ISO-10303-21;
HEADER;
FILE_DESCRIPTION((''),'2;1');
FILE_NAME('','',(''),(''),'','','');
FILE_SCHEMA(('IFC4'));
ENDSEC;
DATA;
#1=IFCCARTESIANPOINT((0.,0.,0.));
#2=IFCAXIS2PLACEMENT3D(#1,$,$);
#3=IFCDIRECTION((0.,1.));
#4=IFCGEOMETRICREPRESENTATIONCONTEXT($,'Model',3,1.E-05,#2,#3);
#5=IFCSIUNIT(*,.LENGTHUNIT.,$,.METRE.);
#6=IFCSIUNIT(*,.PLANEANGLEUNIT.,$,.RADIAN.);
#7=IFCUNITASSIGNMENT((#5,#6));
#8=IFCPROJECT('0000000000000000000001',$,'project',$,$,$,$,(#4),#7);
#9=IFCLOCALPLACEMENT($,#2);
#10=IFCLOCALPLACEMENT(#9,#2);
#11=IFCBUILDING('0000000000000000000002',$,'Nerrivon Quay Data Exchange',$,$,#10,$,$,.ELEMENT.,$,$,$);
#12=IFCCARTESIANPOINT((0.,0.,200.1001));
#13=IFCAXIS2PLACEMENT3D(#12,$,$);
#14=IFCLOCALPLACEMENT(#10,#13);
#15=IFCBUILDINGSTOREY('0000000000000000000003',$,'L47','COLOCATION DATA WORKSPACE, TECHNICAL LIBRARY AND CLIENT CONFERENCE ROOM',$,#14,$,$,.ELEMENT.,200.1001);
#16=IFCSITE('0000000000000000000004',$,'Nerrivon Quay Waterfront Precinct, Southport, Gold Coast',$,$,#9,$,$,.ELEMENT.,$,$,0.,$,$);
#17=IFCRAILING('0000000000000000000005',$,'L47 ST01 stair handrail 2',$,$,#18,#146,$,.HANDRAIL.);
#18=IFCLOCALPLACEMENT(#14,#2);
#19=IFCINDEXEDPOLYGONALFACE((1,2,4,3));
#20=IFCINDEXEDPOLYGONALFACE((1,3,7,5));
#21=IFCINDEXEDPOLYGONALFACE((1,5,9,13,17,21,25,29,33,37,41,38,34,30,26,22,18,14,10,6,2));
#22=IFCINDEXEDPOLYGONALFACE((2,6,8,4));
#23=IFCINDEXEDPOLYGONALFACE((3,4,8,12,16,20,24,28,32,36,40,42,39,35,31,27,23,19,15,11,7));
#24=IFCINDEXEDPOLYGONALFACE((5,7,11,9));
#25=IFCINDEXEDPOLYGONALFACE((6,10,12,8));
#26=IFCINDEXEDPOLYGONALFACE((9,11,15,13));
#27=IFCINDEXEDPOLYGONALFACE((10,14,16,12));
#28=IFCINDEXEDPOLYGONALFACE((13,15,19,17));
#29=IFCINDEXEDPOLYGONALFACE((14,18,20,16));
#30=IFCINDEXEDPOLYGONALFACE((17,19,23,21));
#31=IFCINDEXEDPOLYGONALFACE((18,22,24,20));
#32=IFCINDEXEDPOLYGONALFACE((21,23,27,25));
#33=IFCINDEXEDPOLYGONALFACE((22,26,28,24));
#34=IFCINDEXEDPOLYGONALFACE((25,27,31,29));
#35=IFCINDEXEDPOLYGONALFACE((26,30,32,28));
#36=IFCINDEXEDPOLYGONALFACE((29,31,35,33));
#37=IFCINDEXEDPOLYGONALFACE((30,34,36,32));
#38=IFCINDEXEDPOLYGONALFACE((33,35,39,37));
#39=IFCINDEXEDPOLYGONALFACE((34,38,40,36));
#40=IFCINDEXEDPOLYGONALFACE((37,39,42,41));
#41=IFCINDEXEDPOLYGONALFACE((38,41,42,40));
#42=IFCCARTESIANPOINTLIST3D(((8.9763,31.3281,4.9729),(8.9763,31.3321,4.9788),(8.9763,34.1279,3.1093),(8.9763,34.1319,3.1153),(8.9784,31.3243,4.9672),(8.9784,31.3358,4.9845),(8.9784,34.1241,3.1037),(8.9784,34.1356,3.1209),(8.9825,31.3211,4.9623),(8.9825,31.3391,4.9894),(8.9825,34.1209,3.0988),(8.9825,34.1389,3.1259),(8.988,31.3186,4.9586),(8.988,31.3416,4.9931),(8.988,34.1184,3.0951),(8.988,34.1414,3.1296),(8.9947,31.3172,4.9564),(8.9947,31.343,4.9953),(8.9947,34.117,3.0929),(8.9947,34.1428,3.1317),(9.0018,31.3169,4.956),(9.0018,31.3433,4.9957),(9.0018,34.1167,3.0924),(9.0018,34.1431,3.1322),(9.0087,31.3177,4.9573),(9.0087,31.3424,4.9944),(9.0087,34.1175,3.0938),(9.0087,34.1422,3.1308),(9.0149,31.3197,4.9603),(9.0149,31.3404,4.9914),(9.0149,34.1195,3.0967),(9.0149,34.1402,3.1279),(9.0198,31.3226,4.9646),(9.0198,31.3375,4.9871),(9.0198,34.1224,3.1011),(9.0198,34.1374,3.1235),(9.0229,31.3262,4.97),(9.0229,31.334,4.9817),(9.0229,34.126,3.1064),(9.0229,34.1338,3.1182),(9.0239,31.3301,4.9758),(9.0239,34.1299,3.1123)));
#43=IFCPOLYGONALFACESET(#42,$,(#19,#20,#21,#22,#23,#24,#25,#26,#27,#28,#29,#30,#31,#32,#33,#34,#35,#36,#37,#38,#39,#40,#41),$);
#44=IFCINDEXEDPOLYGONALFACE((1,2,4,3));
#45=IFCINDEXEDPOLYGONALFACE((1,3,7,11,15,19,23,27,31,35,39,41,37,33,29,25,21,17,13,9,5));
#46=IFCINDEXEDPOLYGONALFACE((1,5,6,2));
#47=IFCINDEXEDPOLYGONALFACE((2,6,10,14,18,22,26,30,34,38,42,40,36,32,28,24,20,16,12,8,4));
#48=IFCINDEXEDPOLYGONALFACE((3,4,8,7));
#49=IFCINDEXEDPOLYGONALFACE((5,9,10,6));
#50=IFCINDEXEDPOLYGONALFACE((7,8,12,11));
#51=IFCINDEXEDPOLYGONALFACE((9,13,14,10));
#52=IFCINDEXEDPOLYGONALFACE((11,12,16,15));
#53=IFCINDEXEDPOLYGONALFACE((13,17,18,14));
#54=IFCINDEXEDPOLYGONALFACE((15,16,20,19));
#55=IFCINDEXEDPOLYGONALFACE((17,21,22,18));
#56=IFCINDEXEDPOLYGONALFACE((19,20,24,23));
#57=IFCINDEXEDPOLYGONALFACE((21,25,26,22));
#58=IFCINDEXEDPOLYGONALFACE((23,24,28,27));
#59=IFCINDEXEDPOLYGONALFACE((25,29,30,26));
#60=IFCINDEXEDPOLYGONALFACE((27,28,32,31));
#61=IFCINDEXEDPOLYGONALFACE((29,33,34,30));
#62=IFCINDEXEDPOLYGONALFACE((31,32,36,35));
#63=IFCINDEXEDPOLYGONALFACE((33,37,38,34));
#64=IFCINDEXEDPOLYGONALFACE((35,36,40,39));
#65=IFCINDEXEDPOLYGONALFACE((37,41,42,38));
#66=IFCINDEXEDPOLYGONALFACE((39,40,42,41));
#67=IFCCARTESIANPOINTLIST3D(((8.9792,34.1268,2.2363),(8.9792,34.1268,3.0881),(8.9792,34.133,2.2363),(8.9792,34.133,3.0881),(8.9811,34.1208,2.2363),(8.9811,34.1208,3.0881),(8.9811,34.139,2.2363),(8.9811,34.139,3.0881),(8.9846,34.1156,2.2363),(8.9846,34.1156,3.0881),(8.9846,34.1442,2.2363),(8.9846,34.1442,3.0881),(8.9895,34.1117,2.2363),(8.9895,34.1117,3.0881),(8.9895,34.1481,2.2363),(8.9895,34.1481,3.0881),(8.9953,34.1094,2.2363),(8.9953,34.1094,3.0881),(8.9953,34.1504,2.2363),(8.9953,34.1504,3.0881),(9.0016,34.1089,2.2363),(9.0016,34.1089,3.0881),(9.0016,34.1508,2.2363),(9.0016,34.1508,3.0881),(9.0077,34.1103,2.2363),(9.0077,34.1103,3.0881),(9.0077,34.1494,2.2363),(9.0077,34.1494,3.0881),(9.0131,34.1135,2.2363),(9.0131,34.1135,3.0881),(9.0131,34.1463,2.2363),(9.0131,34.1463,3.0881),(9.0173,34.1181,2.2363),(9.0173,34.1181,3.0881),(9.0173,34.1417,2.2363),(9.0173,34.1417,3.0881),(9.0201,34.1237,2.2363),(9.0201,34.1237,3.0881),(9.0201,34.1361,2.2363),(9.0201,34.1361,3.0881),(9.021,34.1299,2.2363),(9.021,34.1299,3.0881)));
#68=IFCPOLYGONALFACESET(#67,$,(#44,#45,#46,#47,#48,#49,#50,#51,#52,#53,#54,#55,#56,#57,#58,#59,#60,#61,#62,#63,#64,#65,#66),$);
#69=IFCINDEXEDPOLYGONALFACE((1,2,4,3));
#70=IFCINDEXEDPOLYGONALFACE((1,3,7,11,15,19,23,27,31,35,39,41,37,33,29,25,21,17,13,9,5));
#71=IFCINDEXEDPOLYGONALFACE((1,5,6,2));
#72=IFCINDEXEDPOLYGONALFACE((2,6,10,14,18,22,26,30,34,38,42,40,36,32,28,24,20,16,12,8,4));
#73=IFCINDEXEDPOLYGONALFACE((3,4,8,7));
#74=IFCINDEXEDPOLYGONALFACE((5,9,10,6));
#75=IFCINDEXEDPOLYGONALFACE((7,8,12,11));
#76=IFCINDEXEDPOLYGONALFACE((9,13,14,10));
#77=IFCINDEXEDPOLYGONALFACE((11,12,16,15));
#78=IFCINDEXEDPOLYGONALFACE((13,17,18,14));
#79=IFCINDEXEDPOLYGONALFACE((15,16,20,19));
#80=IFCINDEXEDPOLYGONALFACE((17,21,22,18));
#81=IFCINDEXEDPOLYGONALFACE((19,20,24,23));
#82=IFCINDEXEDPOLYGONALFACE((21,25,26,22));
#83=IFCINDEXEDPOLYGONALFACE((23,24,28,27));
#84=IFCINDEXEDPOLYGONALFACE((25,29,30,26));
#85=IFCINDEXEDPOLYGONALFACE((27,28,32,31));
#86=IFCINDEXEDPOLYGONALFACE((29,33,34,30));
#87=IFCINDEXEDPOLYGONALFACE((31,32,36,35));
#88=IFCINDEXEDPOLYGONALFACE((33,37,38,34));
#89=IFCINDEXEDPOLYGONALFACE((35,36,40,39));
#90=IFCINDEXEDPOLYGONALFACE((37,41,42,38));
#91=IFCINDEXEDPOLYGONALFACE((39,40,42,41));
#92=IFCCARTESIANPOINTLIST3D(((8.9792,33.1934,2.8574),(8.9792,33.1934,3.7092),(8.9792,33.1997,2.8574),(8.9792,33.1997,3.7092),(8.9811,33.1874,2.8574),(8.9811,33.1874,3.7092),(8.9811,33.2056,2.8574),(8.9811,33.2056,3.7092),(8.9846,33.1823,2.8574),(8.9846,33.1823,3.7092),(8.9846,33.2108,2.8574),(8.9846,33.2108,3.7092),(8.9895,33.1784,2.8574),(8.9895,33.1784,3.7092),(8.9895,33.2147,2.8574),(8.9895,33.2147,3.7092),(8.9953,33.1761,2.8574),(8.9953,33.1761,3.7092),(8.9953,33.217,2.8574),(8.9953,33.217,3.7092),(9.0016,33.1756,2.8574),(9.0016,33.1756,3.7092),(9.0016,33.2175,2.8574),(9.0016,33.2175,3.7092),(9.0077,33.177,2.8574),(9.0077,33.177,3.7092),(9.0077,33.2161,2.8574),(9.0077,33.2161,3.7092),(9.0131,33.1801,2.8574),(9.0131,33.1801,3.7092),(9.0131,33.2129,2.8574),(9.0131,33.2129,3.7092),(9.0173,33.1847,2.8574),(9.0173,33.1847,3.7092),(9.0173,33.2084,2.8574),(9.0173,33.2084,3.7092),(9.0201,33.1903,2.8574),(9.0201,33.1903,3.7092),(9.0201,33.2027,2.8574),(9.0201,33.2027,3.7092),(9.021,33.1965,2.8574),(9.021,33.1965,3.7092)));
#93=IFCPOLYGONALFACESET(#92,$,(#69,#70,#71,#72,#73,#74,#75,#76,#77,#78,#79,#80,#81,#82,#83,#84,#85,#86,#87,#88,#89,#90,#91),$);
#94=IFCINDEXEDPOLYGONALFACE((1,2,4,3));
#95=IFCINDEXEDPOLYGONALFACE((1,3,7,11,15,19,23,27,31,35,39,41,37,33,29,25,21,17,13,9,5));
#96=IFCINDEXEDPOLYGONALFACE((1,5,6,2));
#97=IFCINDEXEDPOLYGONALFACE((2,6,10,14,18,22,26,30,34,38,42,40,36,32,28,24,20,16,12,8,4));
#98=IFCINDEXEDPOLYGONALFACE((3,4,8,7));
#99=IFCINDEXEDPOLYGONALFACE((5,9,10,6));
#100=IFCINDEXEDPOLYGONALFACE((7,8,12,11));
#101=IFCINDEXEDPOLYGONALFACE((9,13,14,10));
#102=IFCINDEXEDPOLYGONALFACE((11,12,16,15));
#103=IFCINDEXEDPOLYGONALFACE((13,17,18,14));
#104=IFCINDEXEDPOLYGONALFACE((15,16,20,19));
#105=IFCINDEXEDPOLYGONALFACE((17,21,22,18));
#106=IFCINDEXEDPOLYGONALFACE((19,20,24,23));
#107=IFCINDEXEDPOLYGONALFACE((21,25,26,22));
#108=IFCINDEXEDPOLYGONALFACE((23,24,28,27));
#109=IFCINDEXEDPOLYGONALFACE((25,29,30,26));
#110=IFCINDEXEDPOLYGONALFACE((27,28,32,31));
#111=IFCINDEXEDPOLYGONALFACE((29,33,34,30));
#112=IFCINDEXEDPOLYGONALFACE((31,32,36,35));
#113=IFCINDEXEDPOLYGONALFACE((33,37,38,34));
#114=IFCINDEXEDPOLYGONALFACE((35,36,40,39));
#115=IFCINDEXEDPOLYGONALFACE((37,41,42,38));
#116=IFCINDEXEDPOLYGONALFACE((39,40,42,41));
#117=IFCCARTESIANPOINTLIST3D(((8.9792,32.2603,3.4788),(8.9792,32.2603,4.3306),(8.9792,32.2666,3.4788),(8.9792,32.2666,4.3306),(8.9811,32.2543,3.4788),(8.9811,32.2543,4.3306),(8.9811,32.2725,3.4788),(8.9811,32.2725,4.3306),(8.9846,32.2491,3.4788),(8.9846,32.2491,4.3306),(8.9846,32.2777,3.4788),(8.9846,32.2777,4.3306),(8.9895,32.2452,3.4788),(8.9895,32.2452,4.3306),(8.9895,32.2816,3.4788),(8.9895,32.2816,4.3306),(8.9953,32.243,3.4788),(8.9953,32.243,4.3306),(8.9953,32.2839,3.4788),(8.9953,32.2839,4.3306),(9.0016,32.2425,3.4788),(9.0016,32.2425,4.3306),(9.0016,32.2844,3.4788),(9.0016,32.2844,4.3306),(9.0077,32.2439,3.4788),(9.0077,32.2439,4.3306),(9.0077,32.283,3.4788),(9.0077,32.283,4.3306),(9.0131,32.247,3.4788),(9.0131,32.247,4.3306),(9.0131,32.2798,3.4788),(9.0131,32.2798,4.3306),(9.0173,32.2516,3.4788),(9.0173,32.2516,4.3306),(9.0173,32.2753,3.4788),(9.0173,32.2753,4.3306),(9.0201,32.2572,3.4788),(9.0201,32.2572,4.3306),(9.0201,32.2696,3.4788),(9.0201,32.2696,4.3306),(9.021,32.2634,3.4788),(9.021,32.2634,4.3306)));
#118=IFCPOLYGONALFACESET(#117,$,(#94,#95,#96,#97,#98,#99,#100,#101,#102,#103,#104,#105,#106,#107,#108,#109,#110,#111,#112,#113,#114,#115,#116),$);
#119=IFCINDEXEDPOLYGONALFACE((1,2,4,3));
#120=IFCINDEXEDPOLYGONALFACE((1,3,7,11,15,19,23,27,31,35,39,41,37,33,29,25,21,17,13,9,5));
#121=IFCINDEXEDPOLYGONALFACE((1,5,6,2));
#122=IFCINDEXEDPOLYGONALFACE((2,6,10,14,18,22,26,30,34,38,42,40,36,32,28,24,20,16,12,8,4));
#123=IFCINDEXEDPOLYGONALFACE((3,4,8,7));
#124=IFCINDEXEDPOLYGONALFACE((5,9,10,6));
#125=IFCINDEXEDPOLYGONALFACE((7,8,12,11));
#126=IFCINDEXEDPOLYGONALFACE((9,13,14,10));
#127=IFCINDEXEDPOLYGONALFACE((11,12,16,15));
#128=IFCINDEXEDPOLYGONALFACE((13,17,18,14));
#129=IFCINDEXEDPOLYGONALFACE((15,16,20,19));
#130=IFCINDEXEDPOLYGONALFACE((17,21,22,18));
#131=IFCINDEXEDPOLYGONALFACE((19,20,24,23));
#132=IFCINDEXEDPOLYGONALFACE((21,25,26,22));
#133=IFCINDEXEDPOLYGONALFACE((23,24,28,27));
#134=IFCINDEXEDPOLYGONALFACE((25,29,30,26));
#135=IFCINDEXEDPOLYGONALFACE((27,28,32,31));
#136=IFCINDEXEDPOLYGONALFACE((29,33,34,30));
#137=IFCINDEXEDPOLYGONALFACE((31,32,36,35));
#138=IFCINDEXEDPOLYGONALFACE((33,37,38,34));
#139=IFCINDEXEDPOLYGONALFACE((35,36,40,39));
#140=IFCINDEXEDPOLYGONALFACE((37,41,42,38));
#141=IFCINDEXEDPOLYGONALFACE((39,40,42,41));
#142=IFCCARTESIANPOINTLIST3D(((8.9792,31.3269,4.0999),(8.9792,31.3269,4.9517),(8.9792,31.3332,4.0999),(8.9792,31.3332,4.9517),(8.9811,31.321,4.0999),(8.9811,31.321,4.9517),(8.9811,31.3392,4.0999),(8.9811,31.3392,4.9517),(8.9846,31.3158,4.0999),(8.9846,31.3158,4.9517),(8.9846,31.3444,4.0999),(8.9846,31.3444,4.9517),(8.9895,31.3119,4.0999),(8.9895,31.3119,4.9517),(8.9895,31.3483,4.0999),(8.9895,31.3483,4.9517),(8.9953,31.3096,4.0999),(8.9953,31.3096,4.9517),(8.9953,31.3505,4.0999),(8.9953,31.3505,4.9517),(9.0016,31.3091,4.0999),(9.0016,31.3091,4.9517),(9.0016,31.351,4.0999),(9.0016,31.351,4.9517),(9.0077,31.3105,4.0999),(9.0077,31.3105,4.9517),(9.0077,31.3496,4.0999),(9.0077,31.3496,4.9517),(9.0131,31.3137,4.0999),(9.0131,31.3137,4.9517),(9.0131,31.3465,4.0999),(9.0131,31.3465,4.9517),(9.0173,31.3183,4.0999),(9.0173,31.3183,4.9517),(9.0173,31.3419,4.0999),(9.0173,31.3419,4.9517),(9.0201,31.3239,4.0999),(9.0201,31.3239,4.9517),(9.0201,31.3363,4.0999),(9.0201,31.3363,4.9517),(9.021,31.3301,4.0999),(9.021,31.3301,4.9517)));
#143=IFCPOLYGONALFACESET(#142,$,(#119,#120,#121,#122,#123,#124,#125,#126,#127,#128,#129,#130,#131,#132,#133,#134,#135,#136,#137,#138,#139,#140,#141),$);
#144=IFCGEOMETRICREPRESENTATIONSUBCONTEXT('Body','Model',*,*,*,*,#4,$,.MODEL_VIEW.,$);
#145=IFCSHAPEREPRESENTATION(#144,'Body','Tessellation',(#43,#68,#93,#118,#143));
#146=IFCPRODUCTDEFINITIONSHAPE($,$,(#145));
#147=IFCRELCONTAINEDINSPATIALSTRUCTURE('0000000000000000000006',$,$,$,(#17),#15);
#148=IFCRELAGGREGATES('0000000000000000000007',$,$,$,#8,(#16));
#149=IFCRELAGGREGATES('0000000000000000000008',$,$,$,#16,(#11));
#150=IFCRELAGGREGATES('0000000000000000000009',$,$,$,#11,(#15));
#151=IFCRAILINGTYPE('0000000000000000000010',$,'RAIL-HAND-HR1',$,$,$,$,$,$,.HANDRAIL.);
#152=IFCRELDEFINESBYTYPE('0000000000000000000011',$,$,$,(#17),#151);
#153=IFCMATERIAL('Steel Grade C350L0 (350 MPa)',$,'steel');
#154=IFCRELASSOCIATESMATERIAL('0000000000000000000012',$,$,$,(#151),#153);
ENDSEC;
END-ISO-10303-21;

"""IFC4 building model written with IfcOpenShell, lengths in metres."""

from ifc_helpers import new_model, si_unit, direction, frame, origin, origin_2d, place, context, subcontext, project, spatial, circle, extrude, material, type_object, element, save


model = new_model("IFC4")

# Units and contexts
model_context = context("Model", 3, precision=1e-05, world=origin(), true_north=direction((0.0, 1.0)))
body_context = subcontext(model_context, "Body", "Model", "MODEL_VIEW")
ifc_project = project(units=[si_unit("LENGTHUNIT", "METRE"), si_unit("PLANEANGLEUNIT", "RADIAN")], contexts=[model_context])

# Site, building, storey
site_placement = place(None, origin())
site = spatial("IfcSite", under=ifc_project, at=site_placement, Name="Nerrivon Quay Waterfront Precinct, Southport, Gold Coast", CompositionType="ELEMENT", RefElevation=0.0)
building_placement = place(site_placement, origin())
building = spatial("IfcBuilding", under=site, at=building_placement, Name="Nerrivon Quay Data Exchange", CompositionType="ELEMENT")
storey_placement = place(building_placement, frame((0.0, 0.0, 200.1001)))
storey = spatial("IfcBuildingStorey", under=building, at=storey_placement, Name="L47", Description="COLOCATION DATA WORKSPACE, TECHNICAL LIBRARY AND CLIENT CONFERENCE ROOM", CompositionType="ELEMENT", Elevation=200.1001)

# Railing
ifc_material_1 = material(Name="Steel Grade C350L0 (350 MPa)", Category="steel")
railing_type_1 = type_object("IfcRailingType", Name="RAIL-HAND-HR1", PredefinedType="HANDRAIL", material=ifc_material_1)
railing_1_placement = place(storey_placement, frame((9.0, 34.1299, 2.2363)))
element("IfcRailing", 1, at=railing_1_placement, inside=storey, type_object=railing_type_1, Name="L47 ST01 stair handrail 2", PredefinedType="HANDRAIL", context=body_context, shape_type="SweptSolid", body=[
    extrude(circle(Radius=0.0239, at=origin_2d()), frame((0.0, 0.0, 0.876), z_axis=(0.0, -0.832463, 0.55408), x_axis=(1.0, 0.0, 0.0)), (0.0, 0.0, 1.0), 3.3633),
    extrude(circle(Radius=0.021, at=origin_2d()), origin(), (0.0, 0.0, 1.0), 0.8518),
    extrude(circle(Radius=0.021, at=origin_2d()), frame((0.0, -0.9333, 0.6211)), (0.0, 0.0, 1.0), 0.8518),
    extrude(circle(Radius=0.021, at=origin_2d()), frame((0.0, -1.8665, 1.2424)), (0.0, 0.0, 1.0), 0.8518),
    extrude(circle(Radius=0.021, at=origin_2d()), frame((0.0, -2.7998, 1.8635)), (0.0, 0.0, 1.0), 0.8518),
])

save(model, "model.ifc")
